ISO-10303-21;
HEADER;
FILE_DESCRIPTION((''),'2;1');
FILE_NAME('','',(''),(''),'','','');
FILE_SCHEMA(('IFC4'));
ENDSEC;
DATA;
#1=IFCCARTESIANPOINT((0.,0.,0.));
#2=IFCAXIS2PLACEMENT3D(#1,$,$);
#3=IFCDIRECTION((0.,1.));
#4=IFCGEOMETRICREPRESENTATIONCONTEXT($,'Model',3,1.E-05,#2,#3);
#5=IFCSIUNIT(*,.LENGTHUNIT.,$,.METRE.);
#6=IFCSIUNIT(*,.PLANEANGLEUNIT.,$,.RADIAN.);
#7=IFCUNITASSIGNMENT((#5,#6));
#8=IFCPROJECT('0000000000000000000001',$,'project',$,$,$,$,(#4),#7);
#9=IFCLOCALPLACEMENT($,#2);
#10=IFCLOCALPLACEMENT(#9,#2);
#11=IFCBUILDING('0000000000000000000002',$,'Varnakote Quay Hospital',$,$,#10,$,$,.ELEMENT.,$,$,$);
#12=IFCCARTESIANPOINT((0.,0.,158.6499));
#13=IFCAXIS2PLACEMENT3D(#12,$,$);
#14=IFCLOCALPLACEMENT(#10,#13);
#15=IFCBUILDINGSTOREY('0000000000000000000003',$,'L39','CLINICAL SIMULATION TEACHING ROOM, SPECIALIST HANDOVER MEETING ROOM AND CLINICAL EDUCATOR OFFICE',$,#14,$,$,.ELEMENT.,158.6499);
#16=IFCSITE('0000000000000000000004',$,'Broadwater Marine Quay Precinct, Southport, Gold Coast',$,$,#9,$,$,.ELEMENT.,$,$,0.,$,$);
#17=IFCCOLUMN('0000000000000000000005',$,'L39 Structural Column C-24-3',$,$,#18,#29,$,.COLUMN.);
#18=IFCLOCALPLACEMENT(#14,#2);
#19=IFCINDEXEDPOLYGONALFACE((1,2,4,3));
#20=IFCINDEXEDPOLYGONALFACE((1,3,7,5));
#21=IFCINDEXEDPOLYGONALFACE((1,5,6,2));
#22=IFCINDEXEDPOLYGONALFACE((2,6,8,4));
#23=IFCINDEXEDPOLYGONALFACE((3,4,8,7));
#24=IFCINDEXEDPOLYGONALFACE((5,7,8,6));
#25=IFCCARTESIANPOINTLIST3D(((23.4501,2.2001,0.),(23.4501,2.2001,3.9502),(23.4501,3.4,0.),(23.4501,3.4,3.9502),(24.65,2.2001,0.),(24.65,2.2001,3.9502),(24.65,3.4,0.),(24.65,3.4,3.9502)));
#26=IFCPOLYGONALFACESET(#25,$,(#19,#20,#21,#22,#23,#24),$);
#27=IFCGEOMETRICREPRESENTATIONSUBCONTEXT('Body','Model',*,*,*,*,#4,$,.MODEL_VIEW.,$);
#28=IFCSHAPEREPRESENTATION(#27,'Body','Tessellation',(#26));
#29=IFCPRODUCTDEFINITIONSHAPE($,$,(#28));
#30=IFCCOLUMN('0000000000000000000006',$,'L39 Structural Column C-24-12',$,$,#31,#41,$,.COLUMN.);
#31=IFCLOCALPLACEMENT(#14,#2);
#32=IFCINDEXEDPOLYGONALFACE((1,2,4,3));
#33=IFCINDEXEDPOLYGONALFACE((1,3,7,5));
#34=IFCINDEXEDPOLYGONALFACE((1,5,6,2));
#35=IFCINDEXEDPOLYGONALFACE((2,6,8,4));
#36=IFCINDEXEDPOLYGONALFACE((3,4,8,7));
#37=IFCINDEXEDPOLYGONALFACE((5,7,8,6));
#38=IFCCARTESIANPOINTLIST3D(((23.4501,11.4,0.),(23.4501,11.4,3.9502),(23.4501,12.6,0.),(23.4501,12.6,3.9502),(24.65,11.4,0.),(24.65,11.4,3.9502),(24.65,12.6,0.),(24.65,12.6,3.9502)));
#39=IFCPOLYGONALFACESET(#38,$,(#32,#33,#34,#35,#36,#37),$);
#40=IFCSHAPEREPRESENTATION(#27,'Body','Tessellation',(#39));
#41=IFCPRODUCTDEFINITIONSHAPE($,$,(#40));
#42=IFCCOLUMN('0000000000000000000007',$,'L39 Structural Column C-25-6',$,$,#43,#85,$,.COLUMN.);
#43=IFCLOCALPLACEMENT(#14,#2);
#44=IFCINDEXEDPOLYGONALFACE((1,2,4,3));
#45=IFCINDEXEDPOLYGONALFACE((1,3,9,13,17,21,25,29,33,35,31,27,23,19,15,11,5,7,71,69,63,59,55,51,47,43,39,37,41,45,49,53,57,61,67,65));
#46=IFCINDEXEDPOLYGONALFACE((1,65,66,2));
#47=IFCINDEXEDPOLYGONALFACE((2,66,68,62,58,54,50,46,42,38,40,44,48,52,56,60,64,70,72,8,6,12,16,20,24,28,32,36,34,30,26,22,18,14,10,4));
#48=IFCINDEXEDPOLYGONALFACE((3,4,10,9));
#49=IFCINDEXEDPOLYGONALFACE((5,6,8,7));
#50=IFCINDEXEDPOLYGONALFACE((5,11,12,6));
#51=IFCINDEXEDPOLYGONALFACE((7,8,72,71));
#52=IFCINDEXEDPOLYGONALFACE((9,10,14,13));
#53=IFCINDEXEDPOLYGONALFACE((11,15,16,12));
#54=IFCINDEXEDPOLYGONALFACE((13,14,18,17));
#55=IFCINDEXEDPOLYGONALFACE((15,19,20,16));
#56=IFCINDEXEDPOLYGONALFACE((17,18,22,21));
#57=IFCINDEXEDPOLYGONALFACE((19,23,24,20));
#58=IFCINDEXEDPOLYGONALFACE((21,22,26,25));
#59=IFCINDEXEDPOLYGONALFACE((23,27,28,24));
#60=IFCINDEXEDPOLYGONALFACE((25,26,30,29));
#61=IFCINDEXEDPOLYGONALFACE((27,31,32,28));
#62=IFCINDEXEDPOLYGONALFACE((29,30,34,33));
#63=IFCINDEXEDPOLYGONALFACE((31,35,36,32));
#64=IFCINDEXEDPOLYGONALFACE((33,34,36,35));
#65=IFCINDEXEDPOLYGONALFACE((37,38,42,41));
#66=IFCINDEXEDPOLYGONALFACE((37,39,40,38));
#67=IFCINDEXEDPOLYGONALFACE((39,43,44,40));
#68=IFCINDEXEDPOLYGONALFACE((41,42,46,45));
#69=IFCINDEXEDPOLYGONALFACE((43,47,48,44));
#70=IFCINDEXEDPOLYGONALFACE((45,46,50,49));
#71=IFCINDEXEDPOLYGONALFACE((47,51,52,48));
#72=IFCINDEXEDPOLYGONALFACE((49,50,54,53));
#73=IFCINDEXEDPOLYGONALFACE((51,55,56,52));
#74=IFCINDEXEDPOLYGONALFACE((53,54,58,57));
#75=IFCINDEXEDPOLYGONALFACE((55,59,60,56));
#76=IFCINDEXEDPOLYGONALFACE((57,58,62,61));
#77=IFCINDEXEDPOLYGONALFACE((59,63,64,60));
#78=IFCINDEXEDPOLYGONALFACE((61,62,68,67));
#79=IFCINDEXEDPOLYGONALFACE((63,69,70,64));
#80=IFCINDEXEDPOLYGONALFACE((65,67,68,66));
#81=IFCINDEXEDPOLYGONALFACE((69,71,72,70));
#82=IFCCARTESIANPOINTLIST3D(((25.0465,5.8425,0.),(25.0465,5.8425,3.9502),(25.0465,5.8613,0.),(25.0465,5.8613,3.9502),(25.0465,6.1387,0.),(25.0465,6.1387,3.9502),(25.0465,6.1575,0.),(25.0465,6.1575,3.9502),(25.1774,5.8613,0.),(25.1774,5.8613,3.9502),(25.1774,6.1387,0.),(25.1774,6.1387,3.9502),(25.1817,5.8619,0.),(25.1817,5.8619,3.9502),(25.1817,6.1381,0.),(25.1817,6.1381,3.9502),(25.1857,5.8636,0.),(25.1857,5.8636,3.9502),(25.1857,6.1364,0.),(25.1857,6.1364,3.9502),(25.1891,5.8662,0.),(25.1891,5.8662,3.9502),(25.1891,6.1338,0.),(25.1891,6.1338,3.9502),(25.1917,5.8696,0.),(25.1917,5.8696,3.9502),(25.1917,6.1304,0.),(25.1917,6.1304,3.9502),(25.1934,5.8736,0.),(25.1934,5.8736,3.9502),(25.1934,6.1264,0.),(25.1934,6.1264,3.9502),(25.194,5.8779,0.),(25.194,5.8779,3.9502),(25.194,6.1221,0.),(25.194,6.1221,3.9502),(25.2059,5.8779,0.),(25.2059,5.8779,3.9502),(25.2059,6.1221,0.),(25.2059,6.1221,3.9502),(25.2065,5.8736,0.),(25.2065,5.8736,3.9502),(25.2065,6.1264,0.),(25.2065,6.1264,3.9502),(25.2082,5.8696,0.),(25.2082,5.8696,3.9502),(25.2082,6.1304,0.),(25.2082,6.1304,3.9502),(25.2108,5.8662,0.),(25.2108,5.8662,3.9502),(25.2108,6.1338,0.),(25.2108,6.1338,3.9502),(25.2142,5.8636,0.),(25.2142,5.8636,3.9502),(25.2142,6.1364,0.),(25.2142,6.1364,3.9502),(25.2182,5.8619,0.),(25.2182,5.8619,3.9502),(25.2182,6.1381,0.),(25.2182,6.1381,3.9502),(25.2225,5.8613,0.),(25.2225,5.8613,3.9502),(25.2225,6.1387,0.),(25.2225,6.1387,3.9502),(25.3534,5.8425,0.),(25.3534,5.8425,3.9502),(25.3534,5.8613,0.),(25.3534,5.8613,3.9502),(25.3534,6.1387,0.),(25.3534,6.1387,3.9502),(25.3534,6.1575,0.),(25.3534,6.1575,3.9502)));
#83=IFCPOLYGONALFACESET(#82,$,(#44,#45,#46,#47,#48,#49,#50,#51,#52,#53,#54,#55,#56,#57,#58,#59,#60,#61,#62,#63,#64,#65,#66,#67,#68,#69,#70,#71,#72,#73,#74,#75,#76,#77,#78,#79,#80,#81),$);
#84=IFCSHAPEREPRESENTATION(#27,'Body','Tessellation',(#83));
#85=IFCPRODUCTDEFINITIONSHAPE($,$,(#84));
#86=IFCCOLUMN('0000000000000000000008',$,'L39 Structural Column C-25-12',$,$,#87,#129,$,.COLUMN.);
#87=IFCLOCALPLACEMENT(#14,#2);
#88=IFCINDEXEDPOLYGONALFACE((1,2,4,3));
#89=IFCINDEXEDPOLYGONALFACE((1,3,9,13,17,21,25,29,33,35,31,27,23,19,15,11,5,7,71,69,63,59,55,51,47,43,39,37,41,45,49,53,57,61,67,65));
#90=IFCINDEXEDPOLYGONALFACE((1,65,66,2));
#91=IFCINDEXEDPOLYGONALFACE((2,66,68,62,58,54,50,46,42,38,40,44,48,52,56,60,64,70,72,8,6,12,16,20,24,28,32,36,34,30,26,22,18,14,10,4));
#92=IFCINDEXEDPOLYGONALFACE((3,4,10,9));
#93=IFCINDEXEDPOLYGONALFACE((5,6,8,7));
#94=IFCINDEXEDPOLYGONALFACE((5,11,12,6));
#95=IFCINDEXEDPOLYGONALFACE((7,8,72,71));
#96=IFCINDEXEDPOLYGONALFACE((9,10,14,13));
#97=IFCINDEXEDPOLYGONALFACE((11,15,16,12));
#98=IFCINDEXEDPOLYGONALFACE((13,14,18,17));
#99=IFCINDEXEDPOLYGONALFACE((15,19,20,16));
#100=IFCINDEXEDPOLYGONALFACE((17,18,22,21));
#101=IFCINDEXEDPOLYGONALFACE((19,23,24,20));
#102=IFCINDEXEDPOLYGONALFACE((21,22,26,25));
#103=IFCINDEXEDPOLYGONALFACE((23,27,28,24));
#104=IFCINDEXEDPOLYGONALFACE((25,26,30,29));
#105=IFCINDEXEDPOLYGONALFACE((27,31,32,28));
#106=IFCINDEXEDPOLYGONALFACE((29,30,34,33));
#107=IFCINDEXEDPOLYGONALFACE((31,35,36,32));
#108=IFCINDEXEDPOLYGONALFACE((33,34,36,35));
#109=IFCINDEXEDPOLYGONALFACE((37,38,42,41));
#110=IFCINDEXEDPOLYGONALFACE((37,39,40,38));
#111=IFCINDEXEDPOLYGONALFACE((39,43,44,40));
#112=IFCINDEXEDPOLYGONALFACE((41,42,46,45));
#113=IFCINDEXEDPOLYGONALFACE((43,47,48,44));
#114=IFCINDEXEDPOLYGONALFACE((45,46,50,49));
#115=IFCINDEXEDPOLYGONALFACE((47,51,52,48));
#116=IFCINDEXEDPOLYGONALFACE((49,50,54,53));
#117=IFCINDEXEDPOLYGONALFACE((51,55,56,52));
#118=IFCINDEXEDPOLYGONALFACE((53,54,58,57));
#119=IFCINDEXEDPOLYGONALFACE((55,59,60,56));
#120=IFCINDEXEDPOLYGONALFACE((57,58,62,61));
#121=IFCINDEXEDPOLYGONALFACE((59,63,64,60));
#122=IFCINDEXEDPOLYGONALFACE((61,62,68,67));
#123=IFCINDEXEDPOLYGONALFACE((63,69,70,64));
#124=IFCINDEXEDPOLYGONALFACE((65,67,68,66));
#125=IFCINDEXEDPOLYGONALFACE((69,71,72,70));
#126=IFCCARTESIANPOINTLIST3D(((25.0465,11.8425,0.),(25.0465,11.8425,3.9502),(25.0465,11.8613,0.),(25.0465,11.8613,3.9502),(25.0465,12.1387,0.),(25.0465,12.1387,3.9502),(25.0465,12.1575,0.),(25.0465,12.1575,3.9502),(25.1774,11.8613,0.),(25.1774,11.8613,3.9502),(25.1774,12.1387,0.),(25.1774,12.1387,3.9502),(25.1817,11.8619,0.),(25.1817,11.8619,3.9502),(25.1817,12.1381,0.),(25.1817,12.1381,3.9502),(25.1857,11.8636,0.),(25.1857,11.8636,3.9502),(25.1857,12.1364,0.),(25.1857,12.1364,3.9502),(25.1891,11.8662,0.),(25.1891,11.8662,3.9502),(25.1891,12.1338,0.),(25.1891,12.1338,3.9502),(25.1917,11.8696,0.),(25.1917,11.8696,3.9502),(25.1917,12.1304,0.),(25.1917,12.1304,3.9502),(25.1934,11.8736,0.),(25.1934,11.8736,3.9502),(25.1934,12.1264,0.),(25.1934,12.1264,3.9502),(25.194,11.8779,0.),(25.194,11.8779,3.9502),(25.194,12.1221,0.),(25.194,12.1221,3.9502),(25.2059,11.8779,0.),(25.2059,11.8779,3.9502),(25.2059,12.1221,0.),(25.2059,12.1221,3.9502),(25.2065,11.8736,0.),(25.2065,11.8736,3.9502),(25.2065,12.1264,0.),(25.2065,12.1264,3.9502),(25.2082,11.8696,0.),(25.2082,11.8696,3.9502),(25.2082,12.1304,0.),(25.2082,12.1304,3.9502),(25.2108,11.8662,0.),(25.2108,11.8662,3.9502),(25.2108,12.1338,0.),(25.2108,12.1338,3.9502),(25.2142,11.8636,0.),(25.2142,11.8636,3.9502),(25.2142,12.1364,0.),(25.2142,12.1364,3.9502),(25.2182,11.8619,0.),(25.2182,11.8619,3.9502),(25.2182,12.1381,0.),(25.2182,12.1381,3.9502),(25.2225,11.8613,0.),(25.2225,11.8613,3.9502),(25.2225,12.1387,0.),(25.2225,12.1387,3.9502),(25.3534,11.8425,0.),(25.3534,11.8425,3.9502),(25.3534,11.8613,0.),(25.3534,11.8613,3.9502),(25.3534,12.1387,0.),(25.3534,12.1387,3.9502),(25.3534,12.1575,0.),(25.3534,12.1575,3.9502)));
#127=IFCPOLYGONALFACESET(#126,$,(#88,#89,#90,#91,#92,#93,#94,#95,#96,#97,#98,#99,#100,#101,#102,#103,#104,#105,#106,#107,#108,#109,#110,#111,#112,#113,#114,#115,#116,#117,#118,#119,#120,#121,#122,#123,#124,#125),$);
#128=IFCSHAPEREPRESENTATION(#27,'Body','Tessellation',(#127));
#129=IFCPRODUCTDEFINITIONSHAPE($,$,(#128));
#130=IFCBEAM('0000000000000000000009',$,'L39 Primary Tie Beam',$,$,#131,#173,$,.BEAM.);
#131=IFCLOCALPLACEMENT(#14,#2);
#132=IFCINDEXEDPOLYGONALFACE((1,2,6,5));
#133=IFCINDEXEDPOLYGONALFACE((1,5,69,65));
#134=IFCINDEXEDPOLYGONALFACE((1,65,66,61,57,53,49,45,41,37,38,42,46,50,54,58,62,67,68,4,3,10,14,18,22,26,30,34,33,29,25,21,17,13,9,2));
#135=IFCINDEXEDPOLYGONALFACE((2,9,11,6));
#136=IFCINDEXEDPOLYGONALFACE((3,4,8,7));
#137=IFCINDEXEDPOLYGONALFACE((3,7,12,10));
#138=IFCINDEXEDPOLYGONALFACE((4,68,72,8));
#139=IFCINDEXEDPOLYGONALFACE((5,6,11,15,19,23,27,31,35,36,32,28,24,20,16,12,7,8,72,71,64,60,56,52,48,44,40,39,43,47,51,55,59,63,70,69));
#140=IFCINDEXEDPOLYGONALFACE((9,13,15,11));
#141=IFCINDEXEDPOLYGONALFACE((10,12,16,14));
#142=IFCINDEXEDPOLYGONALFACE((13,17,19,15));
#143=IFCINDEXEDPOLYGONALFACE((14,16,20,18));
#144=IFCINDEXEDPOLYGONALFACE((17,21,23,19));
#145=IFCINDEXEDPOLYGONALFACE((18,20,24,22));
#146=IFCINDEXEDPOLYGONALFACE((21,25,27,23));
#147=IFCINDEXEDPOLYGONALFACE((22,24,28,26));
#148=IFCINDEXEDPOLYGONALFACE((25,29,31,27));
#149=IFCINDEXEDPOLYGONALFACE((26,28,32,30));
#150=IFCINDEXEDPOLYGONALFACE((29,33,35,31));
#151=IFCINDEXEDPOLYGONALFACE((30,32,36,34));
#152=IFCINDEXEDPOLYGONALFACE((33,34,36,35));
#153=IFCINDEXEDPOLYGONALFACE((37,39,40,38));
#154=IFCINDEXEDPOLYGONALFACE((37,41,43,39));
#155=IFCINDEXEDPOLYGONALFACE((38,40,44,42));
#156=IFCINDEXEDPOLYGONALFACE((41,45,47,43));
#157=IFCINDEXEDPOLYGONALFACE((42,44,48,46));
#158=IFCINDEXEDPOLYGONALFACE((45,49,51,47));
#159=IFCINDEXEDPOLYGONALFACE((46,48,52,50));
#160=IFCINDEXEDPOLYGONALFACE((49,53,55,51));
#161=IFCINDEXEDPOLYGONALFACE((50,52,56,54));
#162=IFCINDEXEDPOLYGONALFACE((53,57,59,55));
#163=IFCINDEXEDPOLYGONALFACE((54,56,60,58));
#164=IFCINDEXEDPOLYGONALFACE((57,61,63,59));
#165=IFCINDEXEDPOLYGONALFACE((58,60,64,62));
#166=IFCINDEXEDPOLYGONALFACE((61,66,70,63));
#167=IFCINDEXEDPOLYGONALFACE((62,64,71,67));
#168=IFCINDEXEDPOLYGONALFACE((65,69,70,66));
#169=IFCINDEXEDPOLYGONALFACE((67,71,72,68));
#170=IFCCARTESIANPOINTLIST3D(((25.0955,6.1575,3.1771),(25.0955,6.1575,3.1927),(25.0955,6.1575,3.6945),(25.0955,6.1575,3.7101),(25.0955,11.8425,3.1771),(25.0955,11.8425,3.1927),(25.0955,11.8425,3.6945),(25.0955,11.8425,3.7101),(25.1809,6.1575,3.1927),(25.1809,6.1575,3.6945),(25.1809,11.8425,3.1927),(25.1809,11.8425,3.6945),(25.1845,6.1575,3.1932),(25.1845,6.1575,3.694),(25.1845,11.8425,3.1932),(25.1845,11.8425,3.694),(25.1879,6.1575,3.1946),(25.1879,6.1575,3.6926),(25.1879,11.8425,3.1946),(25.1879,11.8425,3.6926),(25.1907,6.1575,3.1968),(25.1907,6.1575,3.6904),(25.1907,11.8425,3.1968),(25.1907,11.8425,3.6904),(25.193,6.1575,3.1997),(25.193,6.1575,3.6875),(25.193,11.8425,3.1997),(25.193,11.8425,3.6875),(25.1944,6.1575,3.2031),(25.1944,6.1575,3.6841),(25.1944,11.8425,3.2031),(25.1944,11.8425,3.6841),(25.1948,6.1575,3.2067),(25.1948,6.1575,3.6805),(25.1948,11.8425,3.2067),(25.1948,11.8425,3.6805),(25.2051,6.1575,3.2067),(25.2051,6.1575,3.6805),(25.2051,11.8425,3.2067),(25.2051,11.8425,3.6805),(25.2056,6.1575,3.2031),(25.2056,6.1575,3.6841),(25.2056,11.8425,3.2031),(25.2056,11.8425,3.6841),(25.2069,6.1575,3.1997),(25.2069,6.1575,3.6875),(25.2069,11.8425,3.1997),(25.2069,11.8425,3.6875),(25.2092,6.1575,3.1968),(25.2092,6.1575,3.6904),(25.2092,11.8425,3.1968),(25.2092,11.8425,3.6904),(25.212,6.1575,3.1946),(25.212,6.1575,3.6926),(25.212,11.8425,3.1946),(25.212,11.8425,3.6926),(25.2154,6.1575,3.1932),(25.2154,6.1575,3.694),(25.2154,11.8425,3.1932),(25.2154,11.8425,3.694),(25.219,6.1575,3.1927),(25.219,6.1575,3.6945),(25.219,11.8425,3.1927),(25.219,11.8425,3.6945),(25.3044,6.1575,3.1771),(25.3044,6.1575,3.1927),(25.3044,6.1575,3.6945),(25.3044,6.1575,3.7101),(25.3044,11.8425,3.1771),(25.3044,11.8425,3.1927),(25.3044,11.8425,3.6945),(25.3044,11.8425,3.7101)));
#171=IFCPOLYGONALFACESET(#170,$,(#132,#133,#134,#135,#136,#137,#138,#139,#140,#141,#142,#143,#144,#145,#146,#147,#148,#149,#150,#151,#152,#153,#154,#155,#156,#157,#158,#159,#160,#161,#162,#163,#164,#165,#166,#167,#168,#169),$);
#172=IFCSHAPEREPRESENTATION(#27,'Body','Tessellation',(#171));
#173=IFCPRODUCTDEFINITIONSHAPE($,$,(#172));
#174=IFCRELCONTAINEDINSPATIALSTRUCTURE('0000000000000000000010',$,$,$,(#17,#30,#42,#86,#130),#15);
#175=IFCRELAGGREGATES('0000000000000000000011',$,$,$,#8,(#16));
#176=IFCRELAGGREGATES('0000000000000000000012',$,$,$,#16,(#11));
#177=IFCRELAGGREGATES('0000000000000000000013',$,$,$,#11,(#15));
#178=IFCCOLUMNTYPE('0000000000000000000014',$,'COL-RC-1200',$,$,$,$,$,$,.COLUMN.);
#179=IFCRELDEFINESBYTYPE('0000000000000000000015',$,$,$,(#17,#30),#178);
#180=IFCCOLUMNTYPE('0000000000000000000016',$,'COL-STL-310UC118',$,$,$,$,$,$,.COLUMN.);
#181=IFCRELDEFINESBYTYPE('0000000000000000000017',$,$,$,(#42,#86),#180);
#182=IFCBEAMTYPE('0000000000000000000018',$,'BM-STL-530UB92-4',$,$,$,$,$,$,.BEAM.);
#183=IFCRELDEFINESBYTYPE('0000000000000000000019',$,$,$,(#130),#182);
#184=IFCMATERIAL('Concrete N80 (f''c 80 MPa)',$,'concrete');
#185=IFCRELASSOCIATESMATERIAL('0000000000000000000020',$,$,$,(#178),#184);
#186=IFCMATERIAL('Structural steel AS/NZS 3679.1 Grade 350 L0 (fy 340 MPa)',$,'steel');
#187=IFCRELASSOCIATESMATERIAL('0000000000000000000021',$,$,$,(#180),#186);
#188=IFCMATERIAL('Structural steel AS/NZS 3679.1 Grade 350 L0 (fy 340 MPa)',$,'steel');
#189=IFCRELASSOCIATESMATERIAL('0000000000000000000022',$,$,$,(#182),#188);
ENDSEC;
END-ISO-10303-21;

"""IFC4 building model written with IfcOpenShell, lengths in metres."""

from ifc_helpers import new_model, si_unit, direction, frame, origin, origin_2d, place, context, subcontext, project, spatial, rectangle, i_section, extrude, material, material_profile, profile_set, type_object, element, save


model = new_model("IFC4")

# Units and contexts
model_context = context("Model", 3, precision=1e-05, world=origin(), true_north=direction((0.0, 1.0)))
body_context = subcontext(model_context, "Body", "Model", "MODEL_VIEW")
ifc_project = project(units=[si_unit("LENGTHUNIT", "METRE"), si_unit("PLANEANGLEUNIT", "RADIAN")], contexts=[model_context])

# Site, building, storey
site_placement = place(None, origin())
site = spatial("IfcSite", under=ifc_project, at=site_placement, Name="Broadwater Marine Quay Precinct, Southport, Gold Coast", CompositionType="ELEMENT", RefElevation=0.0)
building_placement = place(site_placement, origin())
building = spatial("IfcBuilding", under=site, at=building_placement, Name="Varnakote Quay Hospital", CompositionType="ELEMENT")
storey_placement = place(building_placement, frame((0.0, 0.0, 158.6499)))
storey = spatial("IfcBuildingStorey", under=building, at=storey_placement, Name="L39", Description="CLINICAL SIMULATION TEACHING ROOM, SPECIALIST HANDOVER MEETING ROOM AND CLINICAL EDUCATOR OFFICE", CompositionType="ELEMENT", Elevation=158.6499)

# Columns
ifc_material_1 = material(Name="Concrete N80 (f'c 80 MPa)", Category="concrete")
ifc_material_profile_1 = material_profile(ifc_material_1, rectangle(XDim=1.2, YDim=1.2, at=origin_2d()), Name="RC-COL-1200x1200")
ifc_profile_set_1 = profile_set([ifc_material_profile_1], Name="Concrete N80 (f'c 80 MPa)")
column_type_1 = type_object("IfcColumnType", Name="COL-RC-1200", PredefinedType="COLUMN", material=ifc_profile_set_1)
for number, where, z_axis, x_axis, name in (
    (1, (24.05, 2.8, 0.0), (0.0, 0.0, 1.0), (1.0, 0.0, 0.0), "L39 Structural Column C-24-3"),
    (2, (24.05, 12.0, 0.0), (0.0, 0.0, 1.0), (1.0, 0.0, 0.0), "L39 Structural Column C-24-12"),
):
    element("IfcColumn", number, at=place(storey_placement, frame(where, z_axis=z_axis, x_axis=x_axis)), inside=storey, type_object=column_type_1, Name=name, PredefinedType="COLUMN", context=body_context, shape_type="SweptSolid", body=[
        extrude(rectangle(XDim=1.2, YDim=1.2, at=origin_2d()), origin(), (0.0, 0.0, 1.0), 3.9502),
    ])
ifc_material_2 = material(Name="Structural steel AS/NZS 3679.1 Grade 350 L0 (fy 340 MPa)", Category="steel")
ifc_material_profile_2 = material_profile(ifc_material_2, i_section(OverallWidth=0.3069, OverallDepth=0.3149, WebThickness=0.012, FlangeThickness=0.0188, FilletRadius=0.0166, at=origin_2d()), Name="310UC118")
ifc_profile_set_2 = profile_set([ifc_material_profile_2], Name="Structural steel AS/NZS 3679.1 Grade 350 L0 (fy 340 MPa)")
column_type_2 = type_object("IfcColumnType", Name="COL-STL-310UC118", PredefinedType="COLUMN", material=ifc_profile_set_2)
for number, where, z_axis, x_axis, name in (
    (3, (25.2, 6.0, 0.0), (0.0, 0.0, 1.0), (1.0, 0.0, 0.0), "L39 Structural Column C-25-6"),
    (4, (25.2, 12.0, 0.0), (0.0, 0.0, 1.0), (1.0, 0.0, 0.0), "L39 Structural Column C-25-12"),
):
    element("IfcColumn", number, at=place(storey_placement, frame(where, z_axis=z_axis, x_axis=x_axis)), inside=storey, type_object=column_type_2, Name=name, PredefinedType="COLUMN", context=body_context, shape_type="SweptSolid", body=[
        extrude(i_section(OverallWidth=0.3069, OverallDepth=0.3149, WebThickness=0.012, FlangeThickness=0.0188, FilletRadius=0.0166, at=origin_2d()), origin(), (0.0, 0.0, 1.0), 3.9502),
    ])

# Beam
ifc_material_3 = material(Name="Structural steel AS/NZS 3679.1 Grade 350 L0 (fy 340 MPa)", Category="steel")
ifc_material_profile_3 = material_profile(ifc_material_3, i_section(OverallWidth=0.209, OverallDepth=0.533, WebThickness=0.0103, FlangeThickness=0.0156, FilletRadius=0.0139, at=origin_2d()), Name="530UB92.4")
ifc_profile_set_3 = profile_set([ifc_material_profile_3], Name="Structural steel AS/NZS 3679.1 Grade 350 L0 (fy 340 MPa)")
beam_type_1 = type_object("IfcBeamType", Name="BM-STL-530UB92-4", PredefinedType="BEAM", material=ifc_profile_set_3)
beam_1_placement = place(storey_placement, frame((25.2, 6.1575, 3.4436), z_axis=(0.0, 1.0, 0.0), x_axis=(-1.0, 0.0, 0.0)))
element("IfcBeam", 5, at=beam_1_placement, inside=storey, type_object=beam_type_1, Name="L39 Primary Tie Beam", PredefinedType="BEAM", context=body_context, shape_type="SweptSolid", body=[
    extrude(i_section(OverallWidth=0.209, OverallDepth=0.533, WebThickness=0.0103, FlangeThickness=0.0156, FilletRadius=0.0139, at=origin_2d()), origin(), (0.0, 0.0, 1.0), 5.6851),
])

save(model, "model.ifc")
